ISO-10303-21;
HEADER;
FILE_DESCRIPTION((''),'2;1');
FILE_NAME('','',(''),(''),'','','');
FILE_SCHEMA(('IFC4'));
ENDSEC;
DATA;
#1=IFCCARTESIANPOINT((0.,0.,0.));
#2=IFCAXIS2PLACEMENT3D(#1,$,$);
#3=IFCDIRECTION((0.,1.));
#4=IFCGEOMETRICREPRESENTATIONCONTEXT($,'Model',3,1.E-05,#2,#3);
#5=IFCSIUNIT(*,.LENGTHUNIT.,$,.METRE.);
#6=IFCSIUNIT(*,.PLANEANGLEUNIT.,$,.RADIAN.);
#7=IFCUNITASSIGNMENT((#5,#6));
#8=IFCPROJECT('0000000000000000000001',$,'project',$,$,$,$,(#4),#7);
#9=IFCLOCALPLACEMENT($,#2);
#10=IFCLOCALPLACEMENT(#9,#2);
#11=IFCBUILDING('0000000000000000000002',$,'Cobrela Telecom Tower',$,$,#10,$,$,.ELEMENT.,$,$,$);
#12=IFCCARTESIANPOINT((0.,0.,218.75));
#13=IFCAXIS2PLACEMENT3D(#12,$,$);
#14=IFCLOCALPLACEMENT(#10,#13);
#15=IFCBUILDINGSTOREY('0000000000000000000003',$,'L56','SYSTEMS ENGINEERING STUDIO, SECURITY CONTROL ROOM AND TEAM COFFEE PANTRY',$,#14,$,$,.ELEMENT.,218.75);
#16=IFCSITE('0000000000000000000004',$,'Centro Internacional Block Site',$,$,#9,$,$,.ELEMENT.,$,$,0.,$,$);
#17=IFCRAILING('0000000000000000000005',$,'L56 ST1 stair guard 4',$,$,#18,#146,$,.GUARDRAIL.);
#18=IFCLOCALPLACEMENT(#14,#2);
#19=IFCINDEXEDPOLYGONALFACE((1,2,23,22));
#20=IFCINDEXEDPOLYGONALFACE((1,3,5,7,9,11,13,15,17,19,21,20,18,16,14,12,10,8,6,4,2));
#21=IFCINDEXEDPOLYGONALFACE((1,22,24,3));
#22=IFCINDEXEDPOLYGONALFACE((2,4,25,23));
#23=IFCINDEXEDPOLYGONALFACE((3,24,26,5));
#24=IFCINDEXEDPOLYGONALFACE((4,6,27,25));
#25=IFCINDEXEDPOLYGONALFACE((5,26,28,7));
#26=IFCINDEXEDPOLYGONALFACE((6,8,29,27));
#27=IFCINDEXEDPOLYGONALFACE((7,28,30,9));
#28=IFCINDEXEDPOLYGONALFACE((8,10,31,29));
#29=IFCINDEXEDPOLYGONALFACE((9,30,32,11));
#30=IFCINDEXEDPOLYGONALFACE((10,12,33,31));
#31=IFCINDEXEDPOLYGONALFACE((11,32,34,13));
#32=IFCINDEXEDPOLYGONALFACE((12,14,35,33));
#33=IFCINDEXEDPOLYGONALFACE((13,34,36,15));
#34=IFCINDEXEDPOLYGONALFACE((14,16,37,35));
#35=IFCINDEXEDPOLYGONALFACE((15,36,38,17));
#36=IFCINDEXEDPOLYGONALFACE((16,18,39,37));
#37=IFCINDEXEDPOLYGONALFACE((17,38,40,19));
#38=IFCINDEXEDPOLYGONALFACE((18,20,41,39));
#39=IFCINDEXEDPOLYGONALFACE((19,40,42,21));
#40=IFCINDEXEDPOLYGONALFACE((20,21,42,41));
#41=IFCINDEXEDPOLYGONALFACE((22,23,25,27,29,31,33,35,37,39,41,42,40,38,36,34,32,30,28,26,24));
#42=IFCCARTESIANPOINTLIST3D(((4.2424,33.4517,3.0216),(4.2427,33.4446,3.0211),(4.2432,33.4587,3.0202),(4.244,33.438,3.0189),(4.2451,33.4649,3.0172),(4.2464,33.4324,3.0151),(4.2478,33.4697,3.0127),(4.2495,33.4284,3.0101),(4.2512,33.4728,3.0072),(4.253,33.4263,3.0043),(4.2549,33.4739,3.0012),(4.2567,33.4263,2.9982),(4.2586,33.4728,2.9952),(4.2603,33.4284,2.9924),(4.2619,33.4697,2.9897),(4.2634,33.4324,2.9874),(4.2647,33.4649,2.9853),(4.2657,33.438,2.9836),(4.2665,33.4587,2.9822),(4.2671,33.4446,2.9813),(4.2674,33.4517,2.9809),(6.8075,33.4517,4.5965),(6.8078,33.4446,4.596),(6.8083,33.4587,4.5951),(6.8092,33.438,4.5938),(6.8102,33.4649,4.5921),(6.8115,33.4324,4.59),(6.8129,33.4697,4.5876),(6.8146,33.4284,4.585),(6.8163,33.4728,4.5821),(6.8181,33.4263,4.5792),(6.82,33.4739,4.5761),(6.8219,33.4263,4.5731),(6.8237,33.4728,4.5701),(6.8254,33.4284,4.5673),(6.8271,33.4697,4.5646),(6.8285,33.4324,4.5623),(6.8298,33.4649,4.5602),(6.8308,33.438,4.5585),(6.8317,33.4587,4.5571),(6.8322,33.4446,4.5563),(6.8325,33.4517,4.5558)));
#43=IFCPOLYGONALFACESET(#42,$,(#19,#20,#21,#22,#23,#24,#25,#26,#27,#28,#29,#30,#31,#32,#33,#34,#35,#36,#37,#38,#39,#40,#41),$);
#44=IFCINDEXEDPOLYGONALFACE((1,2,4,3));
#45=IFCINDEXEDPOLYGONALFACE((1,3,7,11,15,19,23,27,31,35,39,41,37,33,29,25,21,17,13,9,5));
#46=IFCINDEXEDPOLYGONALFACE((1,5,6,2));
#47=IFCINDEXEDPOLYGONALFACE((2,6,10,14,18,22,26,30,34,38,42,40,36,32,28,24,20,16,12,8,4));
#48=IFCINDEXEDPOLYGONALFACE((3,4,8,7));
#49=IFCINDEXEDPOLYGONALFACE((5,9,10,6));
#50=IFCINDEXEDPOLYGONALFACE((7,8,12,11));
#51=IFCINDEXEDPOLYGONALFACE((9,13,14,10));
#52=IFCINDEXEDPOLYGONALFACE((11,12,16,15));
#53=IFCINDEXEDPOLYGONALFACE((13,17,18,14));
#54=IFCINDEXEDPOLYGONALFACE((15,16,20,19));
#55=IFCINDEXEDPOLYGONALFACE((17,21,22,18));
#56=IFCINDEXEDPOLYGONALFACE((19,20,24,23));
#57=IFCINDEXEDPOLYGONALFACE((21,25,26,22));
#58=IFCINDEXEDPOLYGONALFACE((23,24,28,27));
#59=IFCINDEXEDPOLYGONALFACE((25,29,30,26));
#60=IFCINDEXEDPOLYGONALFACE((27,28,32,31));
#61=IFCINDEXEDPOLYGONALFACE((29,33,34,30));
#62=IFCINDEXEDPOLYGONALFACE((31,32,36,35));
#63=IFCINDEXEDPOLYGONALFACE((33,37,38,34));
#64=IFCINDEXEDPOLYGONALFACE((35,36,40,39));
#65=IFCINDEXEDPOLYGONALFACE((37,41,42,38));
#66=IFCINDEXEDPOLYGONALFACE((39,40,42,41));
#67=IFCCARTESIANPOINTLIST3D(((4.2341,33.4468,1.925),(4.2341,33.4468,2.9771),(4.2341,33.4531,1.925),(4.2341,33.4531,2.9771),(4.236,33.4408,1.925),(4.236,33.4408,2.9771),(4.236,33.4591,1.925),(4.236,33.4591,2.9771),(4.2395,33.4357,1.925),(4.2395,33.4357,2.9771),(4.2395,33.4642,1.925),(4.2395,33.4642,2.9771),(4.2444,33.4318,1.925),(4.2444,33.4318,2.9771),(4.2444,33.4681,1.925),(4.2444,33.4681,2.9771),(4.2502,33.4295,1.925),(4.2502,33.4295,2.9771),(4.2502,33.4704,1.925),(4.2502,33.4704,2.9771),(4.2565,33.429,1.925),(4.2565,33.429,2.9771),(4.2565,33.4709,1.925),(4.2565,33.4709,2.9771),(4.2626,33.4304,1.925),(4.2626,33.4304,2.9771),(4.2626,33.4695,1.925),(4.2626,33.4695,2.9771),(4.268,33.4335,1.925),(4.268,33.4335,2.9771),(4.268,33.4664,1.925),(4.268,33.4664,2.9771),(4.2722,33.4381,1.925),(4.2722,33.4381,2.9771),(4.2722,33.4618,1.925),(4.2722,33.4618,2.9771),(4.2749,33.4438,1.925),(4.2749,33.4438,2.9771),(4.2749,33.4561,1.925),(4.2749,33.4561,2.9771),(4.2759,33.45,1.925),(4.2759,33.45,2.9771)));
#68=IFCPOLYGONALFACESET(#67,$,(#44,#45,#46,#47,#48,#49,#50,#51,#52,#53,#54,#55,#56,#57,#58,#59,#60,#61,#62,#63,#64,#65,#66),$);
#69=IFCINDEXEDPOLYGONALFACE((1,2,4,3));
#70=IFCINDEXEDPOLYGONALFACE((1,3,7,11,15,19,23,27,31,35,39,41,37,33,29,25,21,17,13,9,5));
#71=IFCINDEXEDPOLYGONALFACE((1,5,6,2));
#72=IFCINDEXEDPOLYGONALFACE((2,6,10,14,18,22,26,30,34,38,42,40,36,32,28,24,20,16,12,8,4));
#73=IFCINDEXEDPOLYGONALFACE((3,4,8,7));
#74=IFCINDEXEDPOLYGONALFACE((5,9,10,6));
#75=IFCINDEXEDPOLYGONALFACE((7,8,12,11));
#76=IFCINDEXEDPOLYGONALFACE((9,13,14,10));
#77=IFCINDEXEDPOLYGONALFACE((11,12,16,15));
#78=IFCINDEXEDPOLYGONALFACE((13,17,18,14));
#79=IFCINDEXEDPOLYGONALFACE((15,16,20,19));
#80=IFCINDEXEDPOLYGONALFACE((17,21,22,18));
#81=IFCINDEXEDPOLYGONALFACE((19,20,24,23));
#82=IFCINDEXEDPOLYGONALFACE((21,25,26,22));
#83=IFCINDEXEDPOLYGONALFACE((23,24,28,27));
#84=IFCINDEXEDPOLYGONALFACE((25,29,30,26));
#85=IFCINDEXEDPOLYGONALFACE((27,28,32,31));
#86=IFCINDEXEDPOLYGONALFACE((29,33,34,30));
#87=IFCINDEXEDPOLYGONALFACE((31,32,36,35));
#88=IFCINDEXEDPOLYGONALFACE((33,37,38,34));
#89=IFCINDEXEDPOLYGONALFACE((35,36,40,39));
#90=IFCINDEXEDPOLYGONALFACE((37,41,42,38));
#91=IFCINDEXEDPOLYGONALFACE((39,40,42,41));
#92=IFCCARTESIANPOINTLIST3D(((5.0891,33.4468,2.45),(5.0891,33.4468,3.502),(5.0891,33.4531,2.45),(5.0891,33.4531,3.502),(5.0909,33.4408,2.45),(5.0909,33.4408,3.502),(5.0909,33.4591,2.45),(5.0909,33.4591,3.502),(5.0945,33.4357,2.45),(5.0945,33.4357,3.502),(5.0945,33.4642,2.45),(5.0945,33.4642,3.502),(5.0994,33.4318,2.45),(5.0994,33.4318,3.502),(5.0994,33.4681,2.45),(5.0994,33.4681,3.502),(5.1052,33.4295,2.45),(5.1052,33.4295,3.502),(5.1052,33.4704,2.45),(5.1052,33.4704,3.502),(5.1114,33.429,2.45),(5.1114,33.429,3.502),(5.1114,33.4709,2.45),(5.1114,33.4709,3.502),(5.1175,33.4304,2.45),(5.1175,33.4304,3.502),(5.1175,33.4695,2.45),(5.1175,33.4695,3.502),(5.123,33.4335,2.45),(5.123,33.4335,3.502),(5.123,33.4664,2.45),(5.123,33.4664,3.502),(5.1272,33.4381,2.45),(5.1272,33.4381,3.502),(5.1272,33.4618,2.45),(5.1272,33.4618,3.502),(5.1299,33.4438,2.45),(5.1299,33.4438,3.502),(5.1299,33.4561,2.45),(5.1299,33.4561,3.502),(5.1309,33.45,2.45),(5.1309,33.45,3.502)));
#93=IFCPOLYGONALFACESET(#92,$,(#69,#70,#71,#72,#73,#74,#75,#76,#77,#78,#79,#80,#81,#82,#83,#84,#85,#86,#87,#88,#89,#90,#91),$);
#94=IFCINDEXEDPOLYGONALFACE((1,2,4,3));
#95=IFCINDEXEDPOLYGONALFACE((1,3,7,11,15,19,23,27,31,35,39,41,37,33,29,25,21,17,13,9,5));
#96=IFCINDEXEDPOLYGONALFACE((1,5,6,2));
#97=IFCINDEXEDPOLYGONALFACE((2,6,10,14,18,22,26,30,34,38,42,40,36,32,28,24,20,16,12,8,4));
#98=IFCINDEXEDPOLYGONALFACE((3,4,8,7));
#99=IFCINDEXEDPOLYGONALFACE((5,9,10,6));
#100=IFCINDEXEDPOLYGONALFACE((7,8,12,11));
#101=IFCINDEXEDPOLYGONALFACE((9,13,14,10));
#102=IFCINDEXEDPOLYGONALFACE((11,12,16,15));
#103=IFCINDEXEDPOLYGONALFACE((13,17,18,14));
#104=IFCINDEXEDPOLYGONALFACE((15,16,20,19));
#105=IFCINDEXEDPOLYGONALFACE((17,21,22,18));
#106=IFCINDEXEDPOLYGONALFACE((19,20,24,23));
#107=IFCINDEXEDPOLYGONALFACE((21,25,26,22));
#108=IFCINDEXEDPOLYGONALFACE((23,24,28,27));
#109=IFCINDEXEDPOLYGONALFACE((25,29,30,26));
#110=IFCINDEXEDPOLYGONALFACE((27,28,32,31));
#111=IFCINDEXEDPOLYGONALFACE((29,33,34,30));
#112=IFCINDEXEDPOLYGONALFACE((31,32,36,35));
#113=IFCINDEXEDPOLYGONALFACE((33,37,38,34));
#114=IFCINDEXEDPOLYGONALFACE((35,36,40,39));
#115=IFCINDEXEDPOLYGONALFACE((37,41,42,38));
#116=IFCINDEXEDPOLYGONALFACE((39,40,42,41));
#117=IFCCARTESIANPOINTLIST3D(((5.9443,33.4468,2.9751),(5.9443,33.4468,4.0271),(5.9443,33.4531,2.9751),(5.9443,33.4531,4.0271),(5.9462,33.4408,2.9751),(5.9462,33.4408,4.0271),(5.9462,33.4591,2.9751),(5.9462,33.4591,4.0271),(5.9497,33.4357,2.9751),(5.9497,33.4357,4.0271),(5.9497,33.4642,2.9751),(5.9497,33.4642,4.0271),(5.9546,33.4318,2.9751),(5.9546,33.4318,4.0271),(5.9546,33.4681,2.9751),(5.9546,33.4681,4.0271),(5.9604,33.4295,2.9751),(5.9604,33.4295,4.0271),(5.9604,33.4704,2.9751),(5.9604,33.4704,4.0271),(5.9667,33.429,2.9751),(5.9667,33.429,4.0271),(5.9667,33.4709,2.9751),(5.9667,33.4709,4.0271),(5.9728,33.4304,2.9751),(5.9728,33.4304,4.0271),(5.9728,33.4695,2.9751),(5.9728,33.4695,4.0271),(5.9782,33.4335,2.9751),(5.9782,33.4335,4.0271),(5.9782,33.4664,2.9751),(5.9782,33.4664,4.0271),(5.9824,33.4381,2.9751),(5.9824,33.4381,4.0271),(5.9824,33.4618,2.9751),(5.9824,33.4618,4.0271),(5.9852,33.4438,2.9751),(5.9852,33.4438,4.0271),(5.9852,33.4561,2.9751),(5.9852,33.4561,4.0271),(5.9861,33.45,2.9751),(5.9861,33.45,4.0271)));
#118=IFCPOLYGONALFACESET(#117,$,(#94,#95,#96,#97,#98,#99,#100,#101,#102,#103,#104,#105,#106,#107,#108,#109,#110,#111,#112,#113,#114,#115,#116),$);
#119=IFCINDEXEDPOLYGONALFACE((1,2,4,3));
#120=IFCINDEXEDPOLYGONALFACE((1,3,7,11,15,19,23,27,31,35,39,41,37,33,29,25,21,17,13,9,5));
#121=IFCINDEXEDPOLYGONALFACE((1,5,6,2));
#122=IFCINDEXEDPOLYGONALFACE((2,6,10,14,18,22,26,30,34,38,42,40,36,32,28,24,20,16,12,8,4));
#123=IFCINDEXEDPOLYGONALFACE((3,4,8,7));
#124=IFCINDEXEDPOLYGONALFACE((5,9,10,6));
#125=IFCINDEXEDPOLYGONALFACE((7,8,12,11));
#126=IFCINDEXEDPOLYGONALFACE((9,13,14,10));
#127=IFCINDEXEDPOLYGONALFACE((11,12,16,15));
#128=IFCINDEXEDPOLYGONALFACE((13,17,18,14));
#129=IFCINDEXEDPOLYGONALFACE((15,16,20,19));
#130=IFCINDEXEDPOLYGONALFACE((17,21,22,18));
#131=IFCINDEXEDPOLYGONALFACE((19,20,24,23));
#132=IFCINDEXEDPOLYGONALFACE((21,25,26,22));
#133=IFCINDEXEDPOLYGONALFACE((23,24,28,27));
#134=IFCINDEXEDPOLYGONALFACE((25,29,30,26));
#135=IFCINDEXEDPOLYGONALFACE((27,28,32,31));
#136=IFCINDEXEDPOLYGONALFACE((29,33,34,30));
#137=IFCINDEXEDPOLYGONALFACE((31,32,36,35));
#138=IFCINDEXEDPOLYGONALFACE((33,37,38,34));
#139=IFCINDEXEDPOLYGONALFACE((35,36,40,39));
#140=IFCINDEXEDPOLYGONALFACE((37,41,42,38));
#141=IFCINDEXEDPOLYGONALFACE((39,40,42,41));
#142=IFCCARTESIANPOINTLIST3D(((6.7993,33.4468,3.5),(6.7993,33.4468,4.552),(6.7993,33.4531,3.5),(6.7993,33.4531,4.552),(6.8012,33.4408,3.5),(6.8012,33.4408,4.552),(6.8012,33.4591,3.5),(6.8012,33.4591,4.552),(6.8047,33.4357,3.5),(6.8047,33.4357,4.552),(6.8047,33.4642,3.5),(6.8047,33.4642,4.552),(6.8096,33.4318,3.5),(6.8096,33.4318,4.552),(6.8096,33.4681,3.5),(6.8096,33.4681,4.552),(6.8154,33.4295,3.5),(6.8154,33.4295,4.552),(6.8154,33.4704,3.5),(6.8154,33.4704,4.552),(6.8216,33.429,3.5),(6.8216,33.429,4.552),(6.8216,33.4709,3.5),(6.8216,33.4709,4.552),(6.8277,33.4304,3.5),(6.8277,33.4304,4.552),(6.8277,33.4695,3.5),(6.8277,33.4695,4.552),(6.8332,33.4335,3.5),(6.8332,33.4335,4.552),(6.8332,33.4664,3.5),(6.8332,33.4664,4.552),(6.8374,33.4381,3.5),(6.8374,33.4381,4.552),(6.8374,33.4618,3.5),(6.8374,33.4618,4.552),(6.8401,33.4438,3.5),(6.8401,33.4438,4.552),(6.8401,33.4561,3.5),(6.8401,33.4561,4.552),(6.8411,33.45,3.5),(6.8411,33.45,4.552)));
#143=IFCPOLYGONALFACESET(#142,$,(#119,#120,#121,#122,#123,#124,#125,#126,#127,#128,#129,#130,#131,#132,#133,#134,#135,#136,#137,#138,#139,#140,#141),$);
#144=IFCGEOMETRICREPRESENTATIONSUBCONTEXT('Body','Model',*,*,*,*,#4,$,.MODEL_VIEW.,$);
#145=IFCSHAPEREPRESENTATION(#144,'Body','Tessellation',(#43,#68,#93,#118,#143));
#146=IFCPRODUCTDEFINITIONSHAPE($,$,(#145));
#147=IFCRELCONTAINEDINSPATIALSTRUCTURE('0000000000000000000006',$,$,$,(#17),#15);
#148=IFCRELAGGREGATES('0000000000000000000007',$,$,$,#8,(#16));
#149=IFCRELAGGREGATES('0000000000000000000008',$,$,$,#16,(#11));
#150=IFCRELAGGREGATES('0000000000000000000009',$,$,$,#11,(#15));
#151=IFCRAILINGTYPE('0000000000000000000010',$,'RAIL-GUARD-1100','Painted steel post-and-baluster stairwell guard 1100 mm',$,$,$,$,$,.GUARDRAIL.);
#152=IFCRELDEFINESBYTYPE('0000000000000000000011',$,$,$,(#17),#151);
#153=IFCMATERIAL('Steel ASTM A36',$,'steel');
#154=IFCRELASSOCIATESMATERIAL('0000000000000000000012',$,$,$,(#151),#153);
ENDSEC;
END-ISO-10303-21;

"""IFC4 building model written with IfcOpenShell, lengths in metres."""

from ifc_helpers import new_model, si_unit, direction, frame, origin, origin_2d, place, context, subcontext, project, spatial, circle, extrude, material, type_object, element, save


model = new_model("IFC4")

# Units and contexts
model_context = context("Model", 3, precision=1e-05, world=origin(), true_north=direction((0.0, 1.0)))
body_context = subcontext(model_context, "Body", "Model", "MODEL_VIEW")
ifc_project = project(units=[si_unit("LENGTHUNIT", "METRE"), si_unit("PLANEANGLEUNIT", "RADIAN")], contexts=[model_context])

# Site, building, storey
site_placement = place(None, origin())
site = spatial("IfcSite", under=ifc_project, at=site_placement, Name="Centro Internacional Block Site", CompositionType="ELEMENT", RefElevation=0.0)
building_placement = place(site_placement, origin())
building = spatial("IfcBuilding", under=site, at=building_placement, Name="Cobrela Telecom Tower", CompositionType="ELEMENT")
storey_placement = place(building_placement, frame((0.0, 0.0, 218.75)))
storey = spatial("IfcBuildingStorey", under=building, at=storey_placement, Name="L56", Description="SYSTEMS ENGINEERING STUDIO, SECURITY CONTROL ROOM AND TEAM COFFEE PANTRY", CompositionType="ELEMENT", Elevation=218.75)

# Shared definitions
ifc_material_1 = material(Name="Steel ASTM A36", Category="steel")

# Railing
railing_type_1 = type_object("IfcRailingType", Name="RAIL-GUARD-1100", Description="Painted steel post-and-baluster stairwell guard 1100 mm", PredefinedType="GUARDRAIL", material=ifc_material_1)
railing_1_placement = place(storey_placement, frame((4.2549, 33.45, 1.925)))
element("IfcRailing", 1, at=railing_1_placement, inside=storey, type_object=railing_type_1, Name="L56 ST1 stair guard 4", PredefinedType="GUARDRAIL", context=body_context, shape_type="SweptSolid", body=[
    extrude(circle(Radius=0.0239, at=origin_2d()), frame((0.0, 0.0, 1.0762), z_axis=(0.852195, 0.0, 0.523224), x_axis=(0.0, 1.0, 0.0)), (0.0, 0.0, 1.0), 3.01),
    extrude(circle(Radius=0.021, at=origin_2d()), origin(), (0.0, 0.0, 1.0), 1.052),
    extrude(circle(Radius=0.021, at=origin_2d()), frame((0.855, 0.0, 0.5249)), (0.0, 0.0, 1.0), 1.052),
    extrude(circle(Radius=0.021, at=origin_2d()), frame((1.7102, 0.0, 1.05)), (0.0, 0.0, 1.0), 1.052),
    extrude(circle(Radius=0.021, at=origin_2d()), frame((2.5652, 0.0, 1.575)), (0.0, 0.0, 1.0), 1.052),
])

save(model, "model.ifc")
